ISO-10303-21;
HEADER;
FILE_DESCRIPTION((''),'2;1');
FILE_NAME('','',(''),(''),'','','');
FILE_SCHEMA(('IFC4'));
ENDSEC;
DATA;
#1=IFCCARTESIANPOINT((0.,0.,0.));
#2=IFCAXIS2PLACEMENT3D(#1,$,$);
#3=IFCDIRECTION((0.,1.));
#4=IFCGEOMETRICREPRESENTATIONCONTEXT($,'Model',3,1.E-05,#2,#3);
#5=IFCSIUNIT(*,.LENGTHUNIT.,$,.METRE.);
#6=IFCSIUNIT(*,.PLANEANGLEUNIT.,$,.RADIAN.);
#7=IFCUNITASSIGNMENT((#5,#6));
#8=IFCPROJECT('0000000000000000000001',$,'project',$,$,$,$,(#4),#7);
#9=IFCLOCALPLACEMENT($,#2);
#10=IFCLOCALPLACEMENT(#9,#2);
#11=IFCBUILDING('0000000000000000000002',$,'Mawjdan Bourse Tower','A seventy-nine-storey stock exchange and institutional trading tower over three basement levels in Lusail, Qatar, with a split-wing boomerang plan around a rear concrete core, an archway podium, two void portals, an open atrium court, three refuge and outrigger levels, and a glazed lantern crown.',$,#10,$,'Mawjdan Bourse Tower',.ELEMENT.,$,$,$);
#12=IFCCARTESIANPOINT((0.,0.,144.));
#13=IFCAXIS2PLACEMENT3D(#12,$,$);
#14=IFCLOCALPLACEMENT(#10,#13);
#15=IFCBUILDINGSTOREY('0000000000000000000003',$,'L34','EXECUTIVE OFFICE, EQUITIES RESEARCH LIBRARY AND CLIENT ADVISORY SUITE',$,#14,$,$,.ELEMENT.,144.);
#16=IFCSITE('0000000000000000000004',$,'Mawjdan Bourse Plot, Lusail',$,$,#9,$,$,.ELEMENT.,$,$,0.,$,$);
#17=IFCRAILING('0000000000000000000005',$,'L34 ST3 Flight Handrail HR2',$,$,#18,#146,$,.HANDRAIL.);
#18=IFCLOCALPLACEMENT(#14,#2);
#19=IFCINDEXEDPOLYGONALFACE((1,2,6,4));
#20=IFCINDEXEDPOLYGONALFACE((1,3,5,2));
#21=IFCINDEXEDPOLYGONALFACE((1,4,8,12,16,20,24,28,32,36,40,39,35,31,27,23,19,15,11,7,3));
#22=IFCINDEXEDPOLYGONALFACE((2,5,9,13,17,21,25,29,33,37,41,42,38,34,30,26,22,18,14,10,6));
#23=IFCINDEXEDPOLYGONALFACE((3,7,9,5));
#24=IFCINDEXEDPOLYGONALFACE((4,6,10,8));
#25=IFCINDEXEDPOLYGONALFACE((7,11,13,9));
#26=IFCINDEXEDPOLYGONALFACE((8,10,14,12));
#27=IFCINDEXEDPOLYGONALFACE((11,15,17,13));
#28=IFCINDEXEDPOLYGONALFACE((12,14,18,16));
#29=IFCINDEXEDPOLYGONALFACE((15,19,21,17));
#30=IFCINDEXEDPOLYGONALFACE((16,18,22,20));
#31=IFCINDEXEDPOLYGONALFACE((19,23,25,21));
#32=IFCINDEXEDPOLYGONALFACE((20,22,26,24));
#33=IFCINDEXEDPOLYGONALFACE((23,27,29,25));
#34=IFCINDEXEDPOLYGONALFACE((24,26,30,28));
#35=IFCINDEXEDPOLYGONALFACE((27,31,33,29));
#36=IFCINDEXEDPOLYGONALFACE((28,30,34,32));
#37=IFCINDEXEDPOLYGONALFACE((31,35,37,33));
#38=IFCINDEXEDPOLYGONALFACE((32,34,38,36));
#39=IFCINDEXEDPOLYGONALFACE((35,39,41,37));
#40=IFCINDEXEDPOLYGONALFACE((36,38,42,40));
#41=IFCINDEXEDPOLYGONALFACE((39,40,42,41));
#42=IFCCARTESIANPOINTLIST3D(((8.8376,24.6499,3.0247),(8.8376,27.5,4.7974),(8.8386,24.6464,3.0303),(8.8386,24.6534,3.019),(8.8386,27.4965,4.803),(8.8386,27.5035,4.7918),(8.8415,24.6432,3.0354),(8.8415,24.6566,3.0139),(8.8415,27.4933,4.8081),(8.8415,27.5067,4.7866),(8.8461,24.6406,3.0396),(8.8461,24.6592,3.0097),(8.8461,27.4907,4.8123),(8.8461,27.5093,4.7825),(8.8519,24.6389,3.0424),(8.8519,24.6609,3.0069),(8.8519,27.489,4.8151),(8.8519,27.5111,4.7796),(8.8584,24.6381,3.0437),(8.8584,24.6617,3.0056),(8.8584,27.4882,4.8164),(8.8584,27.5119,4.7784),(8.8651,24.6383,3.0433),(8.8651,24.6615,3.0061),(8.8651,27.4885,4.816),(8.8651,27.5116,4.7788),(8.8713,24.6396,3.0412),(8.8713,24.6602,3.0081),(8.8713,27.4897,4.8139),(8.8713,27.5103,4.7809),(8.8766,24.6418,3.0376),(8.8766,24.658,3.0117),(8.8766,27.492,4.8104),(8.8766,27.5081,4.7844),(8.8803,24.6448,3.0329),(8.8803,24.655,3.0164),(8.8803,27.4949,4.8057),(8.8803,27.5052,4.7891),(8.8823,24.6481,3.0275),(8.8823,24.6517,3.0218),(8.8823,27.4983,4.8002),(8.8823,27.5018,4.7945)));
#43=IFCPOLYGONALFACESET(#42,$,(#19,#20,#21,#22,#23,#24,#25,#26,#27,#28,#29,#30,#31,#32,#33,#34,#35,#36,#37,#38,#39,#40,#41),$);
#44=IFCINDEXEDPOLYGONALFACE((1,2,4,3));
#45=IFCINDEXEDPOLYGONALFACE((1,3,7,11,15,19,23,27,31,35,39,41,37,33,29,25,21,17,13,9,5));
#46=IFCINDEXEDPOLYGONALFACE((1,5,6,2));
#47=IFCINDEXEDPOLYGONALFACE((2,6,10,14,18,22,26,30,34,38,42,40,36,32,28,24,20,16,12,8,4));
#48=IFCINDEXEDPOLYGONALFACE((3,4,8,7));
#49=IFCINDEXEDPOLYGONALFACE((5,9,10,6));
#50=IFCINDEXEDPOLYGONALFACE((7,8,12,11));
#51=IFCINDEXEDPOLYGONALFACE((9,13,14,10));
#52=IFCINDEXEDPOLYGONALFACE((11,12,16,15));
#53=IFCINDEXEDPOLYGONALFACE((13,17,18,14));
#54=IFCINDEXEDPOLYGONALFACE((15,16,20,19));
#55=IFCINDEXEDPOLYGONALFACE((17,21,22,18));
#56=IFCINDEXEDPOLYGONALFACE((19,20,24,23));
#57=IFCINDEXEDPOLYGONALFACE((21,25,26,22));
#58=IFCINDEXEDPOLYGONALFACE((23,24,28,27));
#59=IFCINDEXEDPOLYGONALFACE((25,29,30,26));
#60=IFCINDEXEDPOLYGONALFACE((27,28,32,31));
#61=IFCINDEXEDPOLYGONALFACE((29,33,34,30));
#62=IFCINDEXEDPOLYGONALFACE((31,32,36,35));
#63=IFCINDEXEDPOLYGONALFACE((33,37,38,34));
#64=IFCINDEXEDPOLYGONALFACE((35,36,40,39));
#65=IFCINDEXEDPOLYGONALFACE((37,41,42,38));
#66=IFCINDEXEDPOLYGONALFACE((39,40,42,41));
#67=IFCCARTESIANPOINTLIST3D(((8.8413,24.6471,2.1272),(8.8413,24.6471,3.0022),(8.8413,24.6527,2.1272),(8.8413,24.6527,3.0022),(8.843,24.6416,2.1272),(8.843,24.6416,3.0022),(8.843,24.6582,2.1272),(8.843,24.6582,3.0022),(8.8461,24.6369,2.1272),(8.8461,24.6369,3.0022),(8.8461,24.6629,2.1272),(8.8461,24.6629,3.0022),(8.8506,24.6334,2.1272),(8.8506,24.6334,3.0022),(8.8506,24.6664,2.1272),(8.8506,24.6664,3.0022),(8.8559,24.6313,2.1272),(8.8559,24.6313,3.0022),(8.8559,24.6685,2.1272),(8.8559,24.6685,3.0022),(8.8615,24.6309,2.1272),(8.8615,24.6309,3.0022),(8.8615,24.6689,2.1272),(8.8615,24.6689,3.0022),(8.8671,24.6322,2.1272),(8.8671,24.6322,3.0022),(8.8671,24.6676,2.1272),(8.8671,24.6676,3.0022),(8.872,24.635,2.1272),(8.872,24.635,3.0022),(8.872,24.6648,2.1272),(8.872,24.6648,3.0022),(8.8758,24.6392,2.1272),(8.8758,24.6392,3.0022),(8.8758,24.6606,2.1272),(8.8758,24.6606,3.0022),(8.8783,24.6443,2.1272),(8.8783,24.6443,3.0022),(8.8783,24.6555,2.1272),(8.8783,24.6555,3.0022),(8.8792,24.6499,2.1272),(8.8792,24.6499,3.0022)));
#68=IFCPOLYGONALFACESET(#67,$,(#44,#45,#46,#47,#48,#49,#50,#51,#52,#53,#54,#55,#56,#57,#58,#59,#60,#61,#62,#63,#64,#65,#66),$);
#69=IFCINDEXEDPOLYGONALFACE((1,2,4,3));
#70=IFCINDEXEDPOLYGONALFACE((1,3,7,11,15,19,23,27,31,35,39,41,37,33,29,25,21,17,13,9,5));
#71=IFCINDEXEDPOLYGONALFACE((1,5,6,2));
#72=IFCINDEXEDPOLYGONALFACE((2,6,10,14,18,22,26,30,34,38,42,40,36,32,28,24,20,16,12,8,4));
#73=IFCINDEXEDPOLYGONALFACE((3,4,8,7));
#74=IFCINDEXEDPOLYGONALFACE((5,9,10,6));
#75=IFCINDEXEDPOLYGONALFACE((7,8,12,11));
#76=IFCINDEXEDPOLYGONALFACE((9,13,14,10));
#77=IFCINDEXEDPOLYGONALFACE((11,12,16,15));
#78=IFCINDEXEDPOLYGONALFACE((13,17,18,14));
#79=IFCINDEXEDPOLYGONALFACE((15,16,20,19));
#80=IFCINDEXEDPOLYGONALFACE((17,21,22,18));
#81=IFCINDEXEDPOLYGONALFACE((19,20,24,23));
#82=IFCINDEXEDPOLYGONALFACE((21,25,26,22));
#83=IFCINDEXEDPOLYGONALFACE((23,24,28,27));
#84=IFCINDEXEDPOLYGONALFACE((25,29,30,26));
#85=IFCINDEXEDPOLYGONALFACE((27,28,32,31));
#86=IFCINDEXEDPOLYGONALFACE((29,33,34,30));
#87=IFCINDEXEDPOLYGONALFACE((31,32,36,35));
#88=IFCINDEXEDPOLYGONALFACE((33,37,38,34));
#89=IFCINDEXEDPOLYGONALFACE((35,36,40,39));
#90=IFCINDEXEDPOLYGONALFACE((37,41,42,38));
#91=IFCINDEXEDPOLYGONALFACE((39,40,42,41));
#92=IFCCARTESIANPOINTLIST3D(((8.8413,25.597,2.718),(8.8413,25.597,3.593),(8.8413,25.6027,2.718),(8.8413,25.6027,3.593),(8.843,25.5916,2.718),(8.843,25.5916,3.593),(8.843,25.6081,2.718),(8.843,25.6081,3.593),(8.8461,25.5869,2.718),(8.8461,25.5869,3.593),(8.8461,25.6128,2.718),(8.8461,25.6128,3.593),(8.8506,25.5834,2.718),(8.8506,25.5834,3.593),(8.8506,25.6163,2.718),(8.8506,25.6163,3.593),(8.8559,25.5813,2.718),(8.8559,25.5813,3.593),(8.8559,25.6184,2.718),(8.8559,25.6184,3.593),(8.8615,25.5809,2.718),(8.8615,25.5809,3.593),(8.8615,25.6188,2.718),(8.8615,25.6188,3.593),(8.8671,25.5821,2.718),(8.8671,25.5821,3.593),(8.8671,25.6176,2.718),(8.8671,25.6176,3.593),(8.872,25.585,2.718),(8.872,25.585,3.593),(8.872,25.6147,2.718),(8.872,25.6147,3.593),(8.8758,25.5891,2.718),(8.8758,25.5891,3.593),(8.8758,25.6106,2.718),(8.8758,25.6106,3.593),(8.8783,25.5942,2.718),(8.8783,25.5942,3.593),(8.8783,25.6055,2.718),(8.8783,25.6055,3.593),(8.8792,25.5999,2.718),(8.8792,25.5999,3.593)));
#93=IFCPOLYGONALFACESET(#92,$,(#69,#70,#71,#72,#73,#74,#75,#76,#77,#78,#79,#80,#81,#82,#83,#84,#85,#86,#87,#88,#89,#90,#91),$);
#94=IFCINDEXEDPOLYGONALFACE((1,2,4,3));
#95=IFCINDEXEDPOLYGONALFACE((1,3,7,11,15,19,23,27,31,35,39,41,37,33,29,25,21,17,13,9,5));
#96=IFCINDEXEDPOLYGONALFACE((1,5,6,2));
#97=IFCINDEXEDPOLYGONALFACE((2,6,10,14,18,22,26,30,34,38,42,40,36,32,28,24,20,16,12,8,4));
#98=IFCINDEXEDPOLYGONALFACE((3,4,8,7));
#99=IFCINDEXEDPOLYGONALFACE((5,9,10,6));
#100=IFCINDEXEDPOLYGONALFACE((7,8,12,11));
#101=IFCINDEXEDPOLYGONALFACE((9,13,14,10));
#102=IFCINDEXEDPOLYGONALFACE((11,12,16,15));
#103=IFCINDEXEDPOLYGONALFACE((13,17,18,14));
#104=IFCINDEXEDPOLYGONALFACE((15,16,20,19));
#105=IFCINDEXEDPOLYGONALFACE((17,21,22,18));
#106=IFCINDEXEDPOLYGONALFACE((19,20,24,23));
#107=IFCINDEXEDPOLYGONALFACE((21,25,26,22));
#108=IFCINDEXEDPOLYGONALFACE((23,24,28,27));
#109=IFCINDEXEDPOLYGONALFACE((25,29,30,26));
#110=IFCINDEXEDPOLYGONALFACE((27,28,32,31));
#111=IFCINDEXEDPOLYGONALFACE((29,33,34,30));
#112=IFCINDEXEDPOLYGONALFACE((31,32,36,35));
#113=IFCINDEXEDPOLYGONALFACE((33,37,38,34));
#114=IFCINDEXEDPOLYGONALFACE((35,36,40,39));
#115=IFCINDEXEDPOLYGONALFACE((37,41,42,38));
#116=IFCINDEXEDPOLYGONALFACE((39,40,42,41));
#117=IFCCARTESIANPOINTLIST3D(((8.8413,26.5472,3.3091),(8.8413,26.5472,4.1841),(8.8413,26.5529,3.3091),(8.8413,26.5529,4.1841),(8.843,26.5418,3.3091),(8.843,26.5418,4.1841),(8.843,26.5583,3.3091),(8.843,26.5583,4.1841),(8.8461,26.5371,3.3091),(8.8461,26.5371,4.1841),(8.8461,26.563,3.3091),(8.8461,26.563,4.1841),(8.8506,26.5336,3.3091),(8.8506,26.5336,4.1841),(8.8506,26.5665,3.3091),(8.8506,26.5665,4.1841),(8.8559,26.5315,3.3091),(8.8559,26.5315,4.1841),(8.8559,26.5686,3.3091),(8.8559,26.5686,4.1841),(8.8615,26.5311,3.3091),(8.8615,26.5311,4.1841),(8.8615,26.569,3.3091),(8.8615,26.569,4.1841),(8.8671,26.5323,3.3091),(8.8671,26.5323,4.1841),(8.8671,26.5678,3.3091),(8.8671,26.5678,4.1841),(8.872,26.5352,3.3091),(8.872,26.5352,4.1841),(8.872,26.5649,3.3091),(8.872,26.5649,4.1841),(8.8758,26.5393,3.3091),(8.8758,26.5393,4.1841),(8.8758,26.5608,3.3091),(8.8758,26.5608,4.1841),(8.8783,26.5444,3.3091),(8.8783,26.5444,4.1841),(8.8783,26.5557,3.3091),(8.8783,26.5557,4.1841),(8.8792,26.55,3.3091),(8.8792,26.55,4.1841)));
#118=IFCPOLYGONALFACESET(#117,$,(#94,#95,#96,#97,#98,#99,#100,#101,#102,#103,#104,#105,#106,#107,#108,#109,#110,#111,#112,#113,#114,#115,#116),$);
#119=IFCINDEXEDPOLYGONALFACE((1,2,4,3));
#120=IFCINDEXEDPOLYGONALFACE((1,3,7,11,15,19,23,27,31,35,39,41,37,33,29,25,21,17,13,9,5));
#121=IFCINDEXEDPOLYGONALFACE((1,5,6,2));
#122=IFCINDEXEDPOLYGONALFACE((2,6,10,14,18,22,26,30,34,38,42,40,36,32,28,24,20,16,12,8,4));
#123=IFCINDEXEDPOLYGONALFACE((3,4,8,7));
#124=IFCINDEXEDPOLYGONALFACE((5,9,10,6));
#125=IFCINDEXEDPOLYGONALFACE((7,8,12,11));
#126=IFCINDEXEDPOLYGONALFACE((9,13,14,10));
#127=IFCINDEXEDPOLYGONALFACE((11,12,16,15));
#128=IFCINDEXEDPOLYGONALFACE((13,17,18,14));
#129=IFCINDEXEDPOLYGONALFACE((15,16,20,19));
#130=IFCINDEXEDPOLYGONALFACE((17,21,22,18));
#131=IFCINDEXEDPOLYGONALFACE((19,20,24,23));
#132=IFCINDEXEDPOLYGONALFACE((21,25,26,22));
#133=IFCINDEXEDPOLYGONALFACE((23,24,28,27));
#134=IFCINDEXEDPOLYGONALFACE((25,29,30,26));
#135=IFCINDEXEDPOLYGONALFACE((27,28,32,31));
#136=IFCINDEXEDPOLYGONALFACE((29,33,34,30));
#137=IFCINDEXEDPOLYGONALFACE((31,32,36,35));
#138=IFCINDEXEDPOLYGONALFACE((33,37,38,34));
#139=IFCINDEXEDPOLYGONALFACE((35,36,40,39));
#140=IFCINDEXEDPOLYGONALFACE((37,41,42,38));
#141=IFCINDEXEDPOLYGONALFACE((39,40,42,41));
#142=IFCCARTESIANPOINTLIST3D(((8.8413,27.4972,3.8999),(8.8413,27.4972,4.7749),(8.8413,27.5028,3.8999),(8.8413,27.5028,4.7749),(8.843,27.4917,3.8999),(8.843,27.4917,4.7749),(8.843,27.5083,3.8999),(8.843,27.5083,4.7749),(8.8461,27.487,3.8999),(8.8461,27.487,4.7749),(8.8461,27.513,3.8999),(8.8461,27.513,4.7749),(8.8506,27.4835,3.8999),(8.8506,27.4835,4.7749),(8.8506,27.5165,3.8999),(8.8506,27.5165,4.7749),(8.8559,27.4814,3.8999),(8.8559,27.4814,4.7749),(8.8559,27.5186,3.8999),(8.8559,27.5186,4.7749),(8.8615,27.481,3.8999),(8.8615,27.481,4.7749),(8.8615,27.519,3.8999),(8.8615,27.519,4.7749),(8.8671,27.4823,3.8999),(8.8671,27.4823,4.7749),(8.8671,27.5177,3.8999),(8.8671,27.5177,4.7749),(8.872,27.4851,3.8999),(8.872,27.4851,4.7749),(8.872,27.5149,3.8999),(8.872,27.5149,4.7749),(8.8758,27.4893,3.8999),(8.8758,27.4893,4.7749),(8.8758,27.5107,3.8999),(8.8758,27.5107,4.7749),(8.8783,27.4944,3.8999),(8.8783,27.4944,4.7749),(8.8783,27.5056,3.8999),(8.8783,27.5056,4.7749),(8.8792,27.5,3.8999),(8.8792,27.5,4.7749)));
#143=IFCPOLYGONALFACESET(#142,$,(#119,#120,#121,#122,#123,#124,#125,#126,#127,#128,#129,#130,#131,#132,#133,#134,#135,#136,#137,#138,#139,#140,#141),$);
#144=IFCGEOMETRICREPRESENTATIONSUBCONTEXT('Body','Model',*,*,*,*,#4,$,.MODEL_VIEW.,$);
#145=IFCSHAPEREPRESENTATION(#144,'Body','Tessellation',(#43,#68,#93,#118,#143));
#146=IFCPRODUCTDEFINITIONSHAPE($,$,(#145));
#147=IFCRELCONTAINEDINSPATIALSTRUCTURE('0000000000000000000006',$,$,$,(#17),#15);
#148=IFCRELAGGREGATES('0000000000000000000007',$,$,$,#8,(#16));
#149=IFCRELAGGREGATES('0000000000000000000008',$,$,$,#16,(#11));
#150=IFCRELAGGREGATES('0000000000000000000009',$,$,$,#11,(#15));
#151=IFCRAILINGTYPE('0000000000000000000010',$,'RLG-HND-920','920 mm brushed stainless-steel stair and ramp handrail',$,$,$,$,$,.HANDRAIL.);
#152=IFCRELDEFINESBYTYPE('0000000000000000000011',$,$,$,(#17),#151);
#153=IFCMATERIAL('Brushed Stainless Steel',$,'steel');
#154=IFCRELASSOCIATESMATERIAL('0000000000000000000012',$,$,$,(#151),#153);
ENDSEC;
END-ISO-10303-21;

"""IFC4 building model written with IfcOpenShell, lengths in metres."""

from ifc_helpers import new_model, si_unit, direction, frame, origin, origin_2d, place, context, subcontext, project, spatial, circle, extrude, material, type_object, element, save


model = new_model("IFC4")

# Units and contexts
model_context = context("Model", 3, precision=1e-05, world=origin(), true_north=direction((0.0, 1.0)))
body_context = subcontext(model_context, "Body", "Model", "MODEL_VIEW")
ifc_project = project(units=[si_unit("LENGTHUNIT", "METRE"), si_unit("PLANEANGLEUNIT", "RADIAN")], contexts=[model_context])

# Site, building, storey
site_placement = place(None, origin())
site = spatial("IfcSite", under=ifc_project, at=site_placement, Name="Mawjdan Bourse Plot, Lusail", CompositionType="ELEMENT", RefElevation=0.0)
building_placement = place(site_placement, origin())
building = spatial("IfcBuilding", under=site, at=building_placement, Name="Mawjdan Bourse Tower", Description="A seventy-nine-storey stock exchange and institutional trading tower over three basement levels in Lusail, Qatar, with a split-wing boomerang plan around a rear concrete core, an archway podium, two void portals, an open atrium court, three refuge and outrigger levels, and a glazed lantern crown.", LongName="Mawjdan Bourse Tower", CompositionType="ELEMENT")
storey_placement = place(building_placement, frame((0.0, 0.0, 144.0)))
storey = spatial("IfcBuildingStorey", under=building, at=storey_placement, Name="L34", Description="EXECUTIVE OFFICE, EQUITIES RESEARCH LIBRARY AND CLIENT ADVISORY SUITE", CompositionType="ELEMENT", Elevation=144.0)

# Railing
ifc_material_1 = material(Name="Brushed Stainless Steel", Category="steel")
railing_type_1 = type_object("IfcRailingType", Name="RLG-HND-920", Description="920 mm brushed stainless-steel stair and ramp handrail", PredefinedType="HANDRAIL", material=ifc_material_1)
railing_1_placement = place(storey_placement, frame((8.8601, 24.6499, 2.1272)))
element("IfcRailing", 1, at=railing_1_placement, inside=storey, type_object=railing_type_1, Name="L34 ST3 Flight Handrail HR2", PredefinedType="HANDRAIL", context=body_context, shape_type="SweptSolid", body=[
    extrude(circle(Radius=0.0225, at=origin_2d()), frame((0.0, 0.0, 0.8975), z_axis=(0.0, 0.849149, 0.528154), x_axis=(-1.0, 0.0, 0.0)), (0.0, 0.0, 1.0), 3.3564),
    extrude(circle(Radius=0.019, at=origin_2d()), origin(), (0.0, 0.0, 1.0), 0.875),
    extrude(circle(Radius=0.019, at=origin_2d()), frame((0.0, 0.95, 0.5908)), (0.0, 0.0, 1.0), 0.875),
    extrude(circle(Radius=0.019, at=origin_2d()), frame((0.0, 1.9001, 1.1819)), (0.0, 0.0, 1.0), 0.875),
    extrude(circle(Radius=0.019, at=origin_2d()), frame((0.0, 2.8501, 1.7727)), (0.0, 0.0, 1.0), 0.875),
])

save(model, "model.ifc")
